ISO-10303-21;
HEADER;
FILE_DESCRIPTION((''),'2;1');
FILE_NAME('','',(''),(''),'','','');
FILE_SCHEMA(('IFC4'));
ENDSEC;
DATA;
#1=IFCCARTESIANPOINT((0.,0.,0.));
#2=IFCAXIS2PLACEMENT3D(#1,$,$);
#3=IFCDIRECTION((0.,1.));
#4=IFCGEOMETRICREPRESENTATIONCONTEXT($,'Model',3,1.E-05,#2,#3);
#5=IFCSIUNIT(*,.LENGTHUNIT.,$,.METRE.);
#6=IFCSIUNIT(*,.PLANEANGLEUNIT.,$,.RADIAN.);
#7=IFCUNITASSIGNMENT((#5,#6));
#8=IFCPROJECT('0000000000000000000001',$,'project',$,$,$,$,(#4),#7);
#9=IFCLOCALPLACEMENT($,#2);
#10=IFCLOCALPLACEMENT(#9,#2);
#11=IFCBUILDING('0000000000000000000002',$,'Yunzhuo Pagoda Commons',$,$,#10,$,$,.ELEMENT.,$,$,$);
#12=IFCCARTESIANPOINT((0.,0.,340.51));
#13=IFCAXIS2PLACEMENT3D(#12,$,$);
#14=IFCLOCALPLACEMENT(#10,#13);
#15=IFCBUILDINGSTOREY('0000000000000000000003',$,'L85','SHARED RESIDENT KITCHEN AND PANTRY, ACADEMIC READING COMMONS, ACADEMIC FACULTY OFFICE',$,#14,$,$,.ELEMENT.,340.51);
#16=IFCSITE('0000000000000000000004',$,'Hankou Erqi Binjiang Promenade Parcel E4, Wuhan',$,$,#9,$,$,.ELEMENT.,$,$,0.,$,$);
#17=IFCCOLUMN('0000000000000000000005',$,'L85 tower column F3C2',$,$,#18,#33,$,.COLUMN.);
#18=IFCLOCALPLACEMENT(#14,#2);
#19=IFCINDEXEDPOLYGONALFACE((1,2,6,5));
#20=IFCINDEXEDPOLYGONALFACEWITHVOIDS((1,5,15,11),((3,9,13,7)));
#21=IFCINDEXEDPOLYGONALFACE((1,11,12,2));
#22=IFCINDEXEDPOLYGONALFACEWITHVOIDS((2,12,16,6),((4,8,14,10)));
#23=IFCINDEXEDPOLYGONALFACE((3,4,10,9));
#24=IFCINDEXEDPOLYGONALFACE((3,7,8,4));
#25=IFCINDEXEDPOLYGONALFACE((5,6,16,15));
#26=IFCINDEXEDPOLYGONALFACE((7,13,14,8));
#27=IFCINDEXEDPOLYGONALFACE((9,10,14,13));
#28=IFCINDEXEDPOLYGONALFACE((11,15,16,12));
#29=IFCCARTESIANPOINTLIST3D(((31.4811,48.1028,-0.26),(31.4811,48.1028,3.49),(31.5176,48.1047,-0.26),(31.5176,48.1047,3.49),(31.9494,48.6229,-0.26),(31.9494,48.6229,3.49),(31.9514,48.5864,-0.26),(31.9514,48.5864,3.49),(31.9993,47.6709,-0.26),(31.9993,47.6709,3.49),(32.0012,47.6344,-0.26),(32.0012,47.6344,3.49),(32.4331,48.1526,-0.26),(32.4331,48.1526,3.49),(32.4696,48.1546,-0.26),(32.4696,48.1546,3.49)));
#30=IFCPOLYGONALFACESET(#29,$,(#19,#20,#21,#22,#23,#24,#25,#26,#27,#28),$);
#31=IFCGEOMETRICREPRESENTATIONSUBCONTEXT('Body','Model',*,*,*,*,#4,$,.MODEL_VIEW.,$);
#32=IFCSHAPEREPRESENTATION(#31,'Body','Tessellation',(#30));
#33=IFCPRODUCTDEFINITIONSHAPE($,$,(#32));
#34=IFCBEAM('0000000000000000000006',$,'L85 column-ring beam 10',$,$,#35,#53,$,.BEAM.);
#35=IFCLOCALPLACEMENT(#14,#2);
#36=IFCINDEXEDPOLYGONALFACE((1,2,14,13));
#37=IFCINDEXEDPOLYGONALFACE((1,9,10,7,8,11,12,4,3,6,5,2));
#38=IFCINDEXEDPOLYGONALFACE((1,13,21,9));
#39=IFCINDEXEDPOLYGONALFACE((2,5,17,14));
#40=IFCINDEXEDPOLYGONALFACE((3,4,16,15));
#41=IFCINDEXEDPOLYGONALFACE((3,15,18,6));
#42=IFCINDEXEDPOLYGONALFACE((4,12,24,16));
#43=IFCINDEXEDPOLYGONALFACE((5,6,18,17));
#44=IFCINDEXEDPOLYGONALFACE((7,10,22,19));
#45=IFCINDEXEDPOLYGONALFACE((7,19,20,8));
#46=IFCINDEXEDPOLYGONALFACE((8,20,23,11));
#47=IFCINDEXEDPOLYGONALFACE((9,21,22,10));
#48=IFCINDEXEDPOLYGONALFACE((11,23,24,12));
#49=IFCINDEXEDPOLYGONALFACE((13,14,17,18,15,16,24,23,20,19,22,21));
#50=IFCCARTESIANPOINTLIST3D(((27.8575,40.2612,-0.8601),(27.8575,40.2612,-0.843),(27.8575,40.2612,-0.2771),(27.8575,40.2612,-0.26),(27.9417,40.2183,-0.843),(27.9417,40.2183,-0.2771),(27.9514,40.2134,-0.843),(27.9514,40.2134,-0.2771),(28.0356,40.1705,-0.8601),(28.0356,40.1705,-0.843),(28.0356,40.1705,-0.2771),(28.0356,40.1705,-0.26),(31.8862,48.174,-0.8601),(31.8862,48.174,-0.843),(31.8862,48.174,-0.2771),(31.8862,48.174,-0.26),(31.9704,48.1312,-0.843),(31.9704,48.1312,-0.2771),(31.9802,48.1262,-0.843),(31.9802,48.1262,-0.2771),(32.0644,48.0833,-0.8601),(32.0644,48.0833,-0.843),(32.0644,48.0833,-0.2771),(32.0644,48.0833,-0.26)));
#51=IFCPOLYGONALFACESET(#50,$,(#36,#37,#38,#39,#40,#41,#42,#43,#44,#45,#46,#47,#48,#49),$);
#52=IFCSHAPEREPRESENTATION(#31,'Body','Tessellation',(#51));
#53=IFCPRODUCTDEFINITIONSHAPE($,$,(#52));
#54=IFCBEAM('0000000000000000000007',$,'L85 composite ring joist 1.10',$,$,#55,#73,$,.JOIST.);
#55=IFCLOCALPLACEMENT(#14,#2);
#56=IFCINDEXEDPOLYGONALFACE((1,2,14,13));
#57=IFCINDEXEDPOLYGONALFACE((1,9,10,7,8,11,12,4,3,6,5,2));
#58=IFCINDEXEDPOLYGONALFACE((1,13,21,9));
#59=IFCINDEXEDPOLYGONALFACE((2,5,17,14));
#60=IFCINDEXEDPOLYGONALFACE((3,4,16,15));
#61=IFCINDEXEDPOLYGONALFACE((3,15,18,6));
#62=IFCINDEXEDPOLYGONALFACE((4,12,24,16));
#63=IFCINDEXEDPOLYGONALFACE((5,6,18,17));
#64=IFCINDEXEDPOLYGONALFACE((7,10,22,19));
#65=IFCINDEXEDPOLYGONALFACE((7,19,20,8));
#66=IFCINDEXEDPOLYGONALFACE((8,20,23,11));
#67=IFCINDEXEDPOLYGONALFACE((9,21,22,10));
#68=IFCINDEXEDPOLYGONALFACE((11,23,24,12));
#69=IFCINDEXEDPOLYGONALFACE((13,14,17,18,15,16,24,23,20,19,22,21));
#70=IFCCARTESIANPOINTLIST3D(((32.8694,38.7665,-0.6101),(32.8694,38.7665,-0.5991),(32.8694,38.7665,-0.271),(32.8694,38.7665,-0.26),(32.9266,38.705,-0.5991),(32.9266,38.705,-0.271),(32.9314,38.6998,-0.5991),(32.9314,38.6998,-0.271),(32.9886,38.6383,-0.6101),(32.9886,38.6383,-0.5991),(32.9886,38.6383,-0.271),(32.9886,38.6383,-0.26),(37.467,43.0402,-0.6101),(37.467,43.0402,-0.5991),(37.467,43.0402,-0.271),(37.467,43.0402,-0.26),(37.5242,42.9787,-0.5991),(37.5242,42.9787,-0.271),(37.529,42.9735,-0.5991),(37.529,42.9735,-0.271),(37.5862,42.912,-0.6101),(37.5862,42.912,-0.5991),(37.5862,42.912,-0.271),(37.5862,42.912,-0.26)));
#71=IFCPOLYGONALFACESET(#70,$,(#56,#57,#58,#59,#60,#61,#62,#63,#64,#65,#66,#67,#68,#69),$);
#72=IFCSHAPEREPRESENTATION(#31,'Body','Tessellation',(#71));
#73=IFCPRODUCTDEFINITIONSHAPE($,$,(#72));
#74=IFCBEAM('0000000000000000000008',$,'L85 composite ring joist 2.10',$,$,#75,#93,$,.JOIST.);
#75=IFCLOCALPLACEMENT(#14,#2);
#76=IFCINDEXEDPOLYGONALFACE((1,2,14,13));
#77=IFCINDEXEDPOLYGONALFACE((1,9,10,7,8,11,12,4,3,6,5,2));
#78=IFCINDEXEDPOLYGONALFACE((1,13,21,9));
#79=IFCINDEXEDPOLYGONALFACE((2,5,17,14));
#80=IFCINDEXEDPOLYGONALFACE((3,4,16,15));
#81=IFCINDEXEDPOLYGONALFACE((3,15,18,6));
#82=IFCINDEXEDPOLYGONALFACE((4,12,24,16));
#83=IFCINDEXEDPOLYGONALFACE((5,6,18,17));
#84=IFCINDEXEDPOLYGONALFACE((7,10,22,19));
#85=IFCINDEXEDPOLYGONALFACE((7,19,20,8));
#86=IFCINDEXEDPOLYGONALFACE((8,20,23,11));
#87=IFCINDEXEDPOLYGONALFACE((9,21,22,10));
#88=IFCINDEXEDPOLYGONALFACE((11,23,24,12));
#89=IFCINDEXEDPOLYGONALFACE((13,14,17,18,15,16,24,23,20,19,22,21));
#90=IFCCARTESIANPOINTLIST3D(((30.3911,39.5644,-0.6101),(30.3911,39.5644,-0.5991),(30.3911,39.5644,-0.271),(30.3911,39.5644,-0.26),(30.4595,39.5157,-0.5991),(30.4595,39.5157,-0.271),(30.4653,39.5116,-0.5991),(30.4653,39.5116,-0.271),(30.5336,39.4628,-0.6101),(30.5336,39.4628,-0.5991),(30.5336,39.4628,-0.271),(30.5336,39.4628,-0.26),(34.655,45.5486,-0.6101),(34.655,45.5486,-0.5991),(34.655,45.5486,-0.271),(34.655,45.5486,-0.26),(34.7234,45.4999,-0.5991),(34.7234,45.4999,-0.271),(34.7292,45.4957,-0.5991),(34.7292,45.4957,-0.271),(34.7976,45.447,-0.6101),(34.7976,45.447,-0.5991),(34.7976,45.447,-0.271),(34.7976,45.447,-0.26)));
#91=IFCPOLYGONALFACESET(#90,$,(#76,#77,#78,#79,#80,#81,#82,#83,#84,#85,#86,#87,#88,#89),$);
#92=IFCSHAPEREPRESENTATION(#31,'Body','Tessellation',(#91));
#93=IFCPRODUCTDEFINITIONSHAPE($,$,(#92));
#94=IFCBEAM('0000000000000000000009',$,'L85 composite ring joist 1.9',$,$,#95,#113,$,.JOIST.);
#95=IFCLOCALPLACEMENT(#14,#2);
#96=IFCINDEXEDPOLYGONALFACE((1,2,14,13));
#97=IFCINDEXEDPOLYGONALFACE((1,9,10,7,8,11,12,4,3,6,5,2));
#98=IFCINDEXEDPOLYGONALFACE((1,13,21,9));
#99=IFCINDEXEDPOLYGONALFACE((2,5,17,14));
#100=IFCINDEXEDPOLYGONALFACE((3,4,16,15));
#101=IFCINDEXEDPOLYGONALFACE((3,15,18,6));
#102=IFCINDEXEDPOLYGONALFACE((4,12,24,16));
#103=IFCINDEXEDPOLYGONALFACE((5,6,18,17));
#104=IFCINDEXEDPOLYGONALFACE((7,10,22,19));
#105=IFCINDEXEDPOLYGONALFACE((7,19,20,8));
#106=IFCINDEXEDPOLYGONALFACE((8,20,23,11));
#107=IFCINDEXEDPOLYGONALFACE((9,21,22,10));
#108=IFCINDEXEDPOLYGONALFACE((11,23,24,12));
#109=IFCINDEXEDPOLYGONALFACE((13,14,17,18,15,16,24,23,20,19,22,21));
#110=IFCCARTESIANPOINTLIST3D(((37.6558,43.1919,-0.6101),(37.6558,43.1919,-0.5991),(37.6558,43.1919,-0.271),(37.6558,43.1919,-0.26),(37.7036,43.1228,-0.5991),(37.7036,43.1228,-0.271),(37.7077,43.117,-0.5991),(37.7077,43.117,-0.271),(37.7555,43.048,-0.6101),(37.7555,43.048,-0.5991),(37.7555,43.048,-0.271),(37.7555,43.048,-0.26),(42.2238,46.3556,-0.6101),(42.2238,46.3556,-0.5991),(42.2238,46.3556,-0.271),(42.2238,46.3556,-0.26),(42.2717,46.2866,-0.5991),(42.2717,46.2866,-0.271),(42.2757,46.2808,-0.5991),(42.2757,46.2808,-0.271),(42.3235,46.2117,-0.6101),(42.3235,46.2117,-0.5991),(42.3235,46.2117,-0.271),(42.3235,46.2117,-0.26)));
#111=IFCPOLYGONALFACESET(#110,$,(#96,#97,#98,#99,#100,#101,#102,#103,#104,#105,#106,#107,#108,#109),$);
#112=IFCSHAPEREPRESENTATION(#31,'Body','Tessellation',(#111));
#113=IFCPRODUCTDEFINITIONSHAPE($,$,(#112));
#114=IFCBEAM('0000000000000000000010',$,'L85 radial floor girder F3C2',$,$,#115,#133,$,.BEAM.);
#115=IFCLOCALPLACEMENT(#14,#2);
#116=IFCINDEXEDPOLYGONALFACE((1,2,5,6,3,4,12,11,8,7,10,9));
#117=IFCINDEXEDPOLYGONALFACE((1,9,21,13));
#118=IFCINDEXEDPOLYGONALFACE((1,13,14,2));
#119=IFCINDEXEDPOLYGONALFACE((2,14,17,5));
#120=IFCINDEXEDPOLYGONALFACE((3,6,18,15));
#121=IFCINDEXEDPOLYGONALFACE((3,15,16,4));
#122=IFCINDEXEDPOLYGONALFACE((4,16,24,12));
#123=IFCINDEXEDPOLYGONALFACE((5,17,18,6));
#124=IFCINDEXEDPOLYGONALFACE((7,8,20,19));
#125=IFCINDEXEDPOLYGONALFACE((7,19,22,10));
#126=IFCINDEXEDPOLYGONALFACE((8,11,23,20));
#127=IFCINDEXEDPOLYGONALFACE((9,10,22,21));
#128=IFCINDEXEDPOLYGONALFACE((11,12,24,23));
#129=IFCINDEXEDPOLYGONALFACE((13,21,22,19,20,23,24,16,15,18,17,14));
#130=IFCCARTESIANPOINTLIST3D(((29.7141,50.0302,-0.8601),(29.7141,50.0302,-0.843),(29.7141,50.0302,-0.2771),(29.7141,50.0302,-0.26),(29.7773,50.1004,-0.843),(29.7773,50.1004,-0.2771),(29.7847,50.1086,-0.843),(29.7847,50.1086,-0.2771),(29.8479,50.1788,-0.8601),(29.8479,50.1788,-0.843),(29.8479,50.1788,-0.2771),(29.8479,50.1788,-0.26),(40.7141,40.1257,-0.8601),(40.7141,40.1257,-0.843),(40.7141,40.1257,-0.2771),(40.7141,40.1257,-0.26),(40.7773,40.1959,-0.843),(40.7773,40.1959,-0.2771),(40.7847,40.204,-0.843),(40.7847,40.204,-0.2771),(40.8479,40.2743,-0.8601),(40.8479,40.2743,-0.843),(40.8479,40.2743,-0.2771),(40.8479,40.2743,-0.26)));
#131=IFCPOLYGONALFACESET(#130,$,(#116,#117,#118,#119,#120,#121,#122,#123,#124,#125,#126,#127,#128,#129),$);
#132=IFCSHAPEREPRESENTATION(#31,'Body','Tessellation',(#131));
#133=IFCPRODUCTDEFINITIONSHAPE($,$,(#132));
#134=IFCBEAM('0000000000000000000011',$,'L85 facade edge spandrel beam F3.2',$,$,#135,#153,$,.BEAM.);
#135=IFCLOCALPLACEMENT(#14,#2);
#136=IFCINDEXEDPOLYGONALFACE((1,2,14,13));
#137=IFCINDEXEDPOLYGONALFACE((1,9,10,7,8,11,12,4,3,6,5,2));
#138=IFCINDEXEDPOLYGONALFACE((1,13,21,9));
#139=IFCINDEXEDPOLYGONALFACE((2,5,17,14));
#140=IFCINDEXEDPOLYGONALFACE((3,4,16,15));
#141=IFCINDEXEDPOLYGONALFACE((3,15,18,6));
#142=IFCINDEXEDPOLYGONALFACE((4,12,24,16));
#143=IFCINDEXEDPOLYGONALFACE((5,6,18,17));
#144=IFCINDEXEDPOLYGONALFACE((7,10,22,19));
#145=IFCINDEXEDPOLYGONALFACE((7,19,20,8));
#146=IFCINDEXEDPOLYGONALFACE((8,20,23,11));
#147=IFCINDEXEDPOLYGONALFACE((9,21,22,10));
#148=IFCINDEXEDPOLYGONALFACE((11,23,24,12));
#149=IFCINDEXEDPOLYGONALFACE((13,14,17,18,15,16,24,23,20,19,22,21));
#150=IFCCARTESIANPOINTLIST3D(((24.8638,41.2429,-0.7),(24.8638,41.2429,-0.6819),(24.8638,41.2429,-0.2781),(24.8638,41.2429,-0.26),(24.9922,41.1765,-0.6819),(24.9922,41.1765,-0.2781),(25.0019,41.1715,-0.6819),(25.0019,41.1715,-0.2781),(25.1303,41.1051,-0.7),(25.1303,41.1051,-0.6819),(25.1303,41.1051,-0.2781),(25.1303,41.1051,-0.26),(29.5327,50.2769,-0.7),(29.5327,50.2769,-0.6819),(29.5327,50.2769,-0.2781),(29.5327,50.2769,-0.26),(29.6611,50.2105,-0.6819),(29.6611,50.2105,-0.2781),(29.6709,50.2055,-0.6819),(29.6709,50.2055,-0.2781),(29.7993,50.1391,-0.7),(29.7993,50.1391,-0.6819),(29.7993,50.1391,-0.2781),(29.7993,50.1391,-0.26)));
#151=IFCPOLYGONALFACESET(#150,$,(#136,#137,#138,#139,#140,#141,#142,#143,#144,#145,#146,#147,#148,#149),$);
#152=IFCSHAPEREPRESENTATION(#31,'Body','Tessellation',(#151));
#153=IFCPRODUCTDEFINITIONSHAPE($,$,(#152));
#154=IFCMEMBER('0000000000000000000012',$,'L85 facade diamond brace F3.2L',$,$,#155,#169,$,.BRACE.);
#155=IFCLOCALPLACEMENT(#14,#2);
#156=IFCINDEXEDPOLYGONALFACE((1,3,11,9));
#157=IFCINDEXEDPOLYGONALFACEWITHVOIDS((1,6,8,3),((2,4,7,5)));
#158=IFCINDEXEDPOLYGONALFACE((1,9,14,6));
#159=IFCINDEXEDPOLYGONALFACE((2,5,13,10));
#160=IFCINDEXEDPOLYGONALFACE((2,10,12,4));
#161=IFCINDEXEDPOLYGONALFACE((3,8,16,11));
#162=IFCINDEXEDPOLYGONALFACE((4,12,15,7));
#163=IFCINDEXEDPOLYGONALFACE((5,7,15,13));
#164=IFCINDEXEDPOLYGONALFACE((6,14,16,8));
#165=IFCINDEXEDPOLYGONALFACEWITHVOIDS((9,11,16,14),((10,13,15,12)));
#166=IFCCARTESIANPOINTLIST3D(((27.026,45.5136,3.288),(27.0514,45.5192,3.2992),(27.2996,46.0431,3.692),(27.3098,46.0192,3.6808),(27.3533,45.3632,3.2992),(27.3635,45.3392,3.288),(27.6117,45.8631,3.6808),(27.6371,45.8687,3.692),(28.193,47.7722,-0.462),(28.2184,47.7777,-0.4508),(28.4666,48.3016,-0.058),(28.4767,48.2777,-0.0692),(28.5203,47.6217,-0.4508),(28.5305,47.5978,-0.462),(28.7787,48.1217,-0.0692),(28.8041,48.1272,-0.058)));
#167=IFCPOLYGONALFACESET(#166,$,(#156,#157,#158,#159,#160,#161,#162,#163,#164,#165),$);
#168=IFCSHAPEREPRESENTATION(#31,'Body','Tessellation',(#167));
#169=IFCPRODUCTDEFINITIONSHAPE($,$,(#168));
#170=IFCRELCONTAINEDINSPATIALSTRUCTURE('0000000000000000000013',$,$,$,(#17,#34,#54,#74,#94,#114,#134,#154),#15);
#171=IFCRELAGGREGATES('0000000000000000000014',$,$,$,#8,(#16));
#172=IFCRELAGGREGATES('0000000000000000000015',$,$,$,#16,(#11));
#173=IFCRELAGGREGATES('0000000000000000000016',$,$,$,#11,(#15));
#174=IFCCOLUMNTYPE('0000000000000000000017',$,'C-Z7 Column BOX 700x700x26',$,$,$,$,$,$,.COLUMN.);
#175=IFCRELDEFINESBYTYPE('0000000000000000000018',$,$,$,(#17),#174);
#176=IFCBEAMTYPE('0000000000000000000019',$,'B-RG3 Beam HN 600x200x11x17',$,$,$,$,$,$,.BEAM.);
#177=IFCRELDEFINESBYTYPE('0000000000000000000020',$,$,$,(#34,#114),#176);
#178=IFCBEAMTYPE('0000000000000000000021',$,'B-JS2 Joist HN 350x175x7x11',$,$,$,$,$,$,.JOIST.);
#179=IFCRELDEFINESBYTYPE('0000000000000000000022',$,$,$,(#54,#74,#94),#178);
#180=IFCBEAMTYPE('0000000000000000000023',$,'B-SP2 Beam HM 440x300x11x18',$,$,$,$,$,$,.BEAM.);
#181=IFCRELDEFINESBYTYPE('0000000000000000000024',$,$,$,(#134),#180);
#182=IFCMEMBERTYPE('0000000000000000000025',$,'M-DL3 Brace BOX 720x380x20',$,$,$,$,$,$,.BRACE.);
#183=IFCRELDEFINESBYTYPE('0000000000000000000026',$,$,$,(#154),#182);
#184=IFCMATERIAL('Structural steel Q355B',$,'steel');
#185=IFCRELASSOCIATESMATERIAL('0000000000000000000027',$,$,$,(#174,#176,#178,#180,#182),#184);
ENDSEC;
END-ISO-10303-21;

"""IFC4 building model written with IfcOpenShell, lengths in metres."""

from ifc_helpers import new_model, si_unit, direction, frame, origin, origin_2d, place, context, subcontext, project, spatial, hollow_rectangle, i_section, extrude, source, transform, mapped, material, material_profile, profile_set, type_object, element, save


model = new_model("IFC4")

# Units and contexts
model_context = context("Model", 3, precision=1e-05, world=origin(), true_north=direction((0.0, 1.0)))
body_context = subcontext(model_context, "Body", "Model", "MODEL_VIEW")
ifc_project = project(units=[si_unit("LENGTHUNIT", "METRE"), si_unit("PLANEANGLEUNIT", "RADIAN")], contexts=[model_context])

# Site, building, storey
site_placement = place(None, origin())
site = spatial("IfcSite", under=ifc_project, at=site_placement, Name="Hankou Erqi Binjiang Promenade Parcel E4, Wuhan", CompositionType="ELEMENT", RefElevation=0.0)
building_placement = place(site_placement, origin())
building = spatial("IfcBuilding", under=site, at=building_placement, Name="Yunzhuo Pagoda Commons", CompositionType="ELEMENT")
storey_placement = place(building_placement, frame((0.0, 0.0, 340.51)))
storey = spatial("IfcBuildingStorey", under=building, at=storey_placement, Name="L85", Description="SHARED RESIDENT KITCHEN AND PANTRY, ACADEMIC READING COMMONS, ACADEMIC FACULTY OFFICE", CompositionType="ELEMENT", Elevation=340.51)

# Column
ifc_material_1 = material(Name="Structural steel Q355B", Category="steel")
ifc_material_profile_1 = material_profile(ifc_material_1, hollow_rectangle(XDim=0.7, YDim=0.7, WallThickness=0.0259, at=origin_2d()), Name="Structural steel Q355B")
ifc_profile_set_1 = profile_set([ifc_material_profile_1], Name="Structural steel Q355B")
column_type = type_object("IfcColumnType", Name="C-Z7 Column BOX 700x700x26", PredefinedType="COLUMN", material=ifc_profile_set_1)
shared_shape_1 = source(origin(), body_context, "Body", "SweptSolid", [
    extrude(hollow_rectangle(XDim=0.7, YDim=0.7, WallThickness=0.0259, at=origin_2d()), origin(), (0.0, 0.0, 1.0), 3.75),
])
column_placement = place(storey_placement, frame((31.9753, 48.1287, -0.26), z_axis=(0.0, 0.0, 1.0), x_axis=(-0.669131, -0.743145, 0.0)))
element("IfcColumn", 1, at=column_placement, inside=storey, type_object=column_type, Name="L85 tower column F3C2", PredefinedType="COLUMN", context=body_context, shape_type="MappedRepresentation", body=[
    mapped(shared_shape_1, transform((0.0, 0.0, 0.0), scale=1.0)),
])

# Beams
ifc_material_profile_2 = material_profile(ifc_material_1, i_section(OverallWidth=0.2, OverallDepth=0.6001, WebThickness=0.011, FlangeThickness=0.0171, at=origin_2d()), Name="Structural steel Q355B")
ifc_profile_set_2 = profile_set([ifc_material_profile_2], Name="Structural steel Q355B")
beam_type_1 = type_object("IfcBeamType", Name="B-RG3 Beam HN 600x200x11x17", PredefinedType="BEAM", material=ifc_profile_set_2)
shared_shape_2 = source(origin(), body_context, "Body", "SweptSolid", [
    extrude(i_section(OverallWidth=0.2, OverallDepth=0.6001, WebThickness=0.011, FlangeThickness=0.0171, at=origin_2d()), origin(), (0.0, 0.0, 1.0), 8.8794),
])
beam_1_placement = place(storey_placement, frame((31.9753, 48.1287, -0.5601), z_axis=(-0.453724, -0.891142, 0.0), x_axis=(0.891142, -0.453724, 0.0)))
element("IfcBeam", 2, at=beam_1_placement, inside=storey, type_object=beam_type_1, Name="L85 column-ring beam 10", PredefinedType="BEAM", context=body_context, shape_type="MappedRepresentation", body=[
    mapped(shared_shape_2, transform((0.0, 0.0, 0.0), scale=1.0)),
])
ifc_material_profile_3 = material_profile(ifc_material_1, i_section(OverallWidth=0.175, OverallDepth=0.3501, WebThickness=0.0071, FlangeThickness=0.011, at=origin_2d()), Name="Structural steel Q355B")
ifc_profile_set_3 = profile_set([ifc_material_profile_3], Name="Structural steel Q355B")
beam_type_2 = type_object("IfcBeamType", Name="B-JS2 Joist HN 350x175x7x11", PredefinedType="JOIST", material=ifc_profile_set_3)
shared_shape_3 = source(origin(), body_context, "Body", "SweptSolid", [
    extrude(i_section(OverallWidth=0.175, OverallDepth=0.3501, WebThickness=0.0071, FlangeThickness=0.011, at=origin_2d()), origin(), (0.0, 0.0, 1.0), 6.2771),
])
beam_2_placement = place(storey_placement, frame((37.5266, 42.9761, -0.4351), z_axis=(-0.732442, -0.68083, 0.0), x_axis=(0.68083, -0.732442, 0.0)))
element("IfcBeam", 3, at=beam_2_placement, inside=storey, type_object=beam_type_2, Name="L85 composite ring joist 1.10", PredefinedType="JOIST", context=body_context, shape_type="MappedRepresentation", body=[
    mapped(shared_shape_3, transform((0.0, 0.0, 0.0), scale=1.0)),
])
shared_shape_4 = source(origin(), body_context, "Body", "SweptSolid", [
    extrude(i_section(OverallWidth=0.175, OverallDepth=0.3501, WebThickness=0.0071, FlangeThickness=0.011, at=origin_2d()), origin(), (0.0, 0.0, 1.0), 7.3479),
])
beam_3_placement = place(storey_placement, frame((34.7263, 45.4978, -0.4351), z_axis=(-0.580295, -0.814406, 0.0), x_axis=(0.814406, -0.580295, 0.0)))
element("IfcBeam", 4, at=beam_3_placement, inside=storey, type_object=beam_type_2, Name="L85 composite ring joist 2.10", PredefinedType="JOIST", context=body_context, shape_type="MappedRepresentation", body=[
    mapped(shared_shape_4, transform((0.0, 0.0, 0.0), scale=1.0)),
])
shared_shape_5 = source(origin(), body_context, "Body", "SweptSolid", [
    extrude(i_section(OverallWidth=0.175, OverallDepth=0.3501, WebThickness=0.0071, FlangeThickness=0.011, at=origin_2d()), origin(), (0.0, 0.0, 1.0), 5.5566),
])
beam_4_placement = place(storey_placement, frame((42.2737, 46.2837, -0.4351), z_axis=(-0.822085, -0.569365, 0.0), x_axis=(0.569365, -0.822085, 0.0)))
element("IfcBeam", 5, at=beam_4_placement, inside=storey, type_object=beam_type_2, Name="L85 composite ring joist 1.9", PredefinedType="JOIST", context=body_context, shape_type="MappedRepresentation", body=[
    mapped(shared_shape_5, transform((0.0, 0.0, 0.0), scale=1.0)),
])
shared_shape_6 = source(origin(), body_context, "Body", "SweptSolid", [
    extrude(i_section(OverallWidth=0.2, OverallDepth=0.6001, WebThickness=0.011, FlangeThickness=0.0171, at=origin_2d()), origin(), (0.0, 0.0, 1.0), 14.802),
])
beam_5_placement = place(storey_placement, frame((29.781, 50.1045, -0.5601), z_axis=(0.743142, -0.669134, 0.0), x_axis=(0.669134, 0.743142, 0.0)))
element("IfcBeam", 6, at=beam_5_placement, inside=storey, type_object=beam_type_1, Name="L85 radial floor girder F3C2", PredefinedType="BEAM", context=body_context, shape_type="MappedRepresentation", body=[
    mapped(shared_shape_6, transform((0.0, 0.0, 0.0), scale=1.0)),
])
ifc_material_profile_4 = material_profile(ifc_material_1, i_section(OverallWidth=0.3, OverallDepth=0.4399, WebThickness=0.011, FlangeThickness=0.0181, at=origin_2d()), Name="Structural steel Q355B")
ifc_profile_set_4 = profile_set([ifc_material_profile_4], Name="Structural steel Q355B")
beam_type_3 = type_object("IfcBeamType", Name="B-SP2 Beam HM 440x300x11x18", PredefinedType="BEAM", material=ifc_profile_set_4)
shared_shape_7 = source(origin(), body_context, "Body", "SweptSolid", [
    extrude(i_section(OverallWidth=0.3, OverallDepth=0.4399, WebThickness=0.011, FlangeThickness=0.0181, at=origin_2d()), origin(), (0.0, 0.0, 1.0), 10.1692),
])
beam_6_placement = place(storey_placement, frame((29.666, 50.208, -0.48), z_axis=(-0.45913, -0.888369, 0.0), x_axis=(0.888369, -0.45913, 0.0)))
element("IfcBeam", 7, at=beam_6_placement, inside=storey, type_object=beam_type_3, Name="L85 facade edge spandrel beam F3.2", PredefinedType="BEAM", context=body_context, shape_type="MappedRepresentation", body=[
    mapped(shared_shape_7, transform((0.0, 0.0, 0.0), scale=1.0)),
])

# Member
ifc_material_profile_5 = material_profile(ifc_material_1, hollow_rectangle(XDim=0.3799, YDim=0.72, WallThickness=0.02, at=origin_2d()), Name="Structural steel Q355B")
ifc_profile_set_5 = profile_set([ifc_material_profile_5], Name="Structural steel Q355B")
member_type_1 = type_object("IfcMemberType", Name="M-DL3 Brace BOX 720x380x20", PredefinedType="BRACE", material=ifc_profile_set_5)
shared_shape_8 = source(origin(), body_context, "Body", "SweptSolid", [
    extrude(hollow_rectangle(XDim=0.3799, YDim=0.72, WallThickness=0.02, at=origin_2d()), origin(), (0.0, 0.0, 1.0), 4.5305),
])
for number, where, z_axis, x_axis, name in (
    (8, (28.4985, 47.9497, -0.26), (-0.257586, -0.49852, 0.827724), (0.888414, -0.459044, 0.0), "L85 facade diamond brace F3.2L"),
):
    element("IfcMember", number, at=place(storey_placement, frame(where, z_axis=z_axis, x_axis=x_axis)), inside=storey, type_object=member_type_1, Name=name, PredefinedType="BRACE", context=body_context, shape_type="MappedRepresentation", body=[
        mapped(shared_shape_8, transform((0.0, 0.0, 0.0), scale=1.0)),
    ])

save(model, "model.ifc")
